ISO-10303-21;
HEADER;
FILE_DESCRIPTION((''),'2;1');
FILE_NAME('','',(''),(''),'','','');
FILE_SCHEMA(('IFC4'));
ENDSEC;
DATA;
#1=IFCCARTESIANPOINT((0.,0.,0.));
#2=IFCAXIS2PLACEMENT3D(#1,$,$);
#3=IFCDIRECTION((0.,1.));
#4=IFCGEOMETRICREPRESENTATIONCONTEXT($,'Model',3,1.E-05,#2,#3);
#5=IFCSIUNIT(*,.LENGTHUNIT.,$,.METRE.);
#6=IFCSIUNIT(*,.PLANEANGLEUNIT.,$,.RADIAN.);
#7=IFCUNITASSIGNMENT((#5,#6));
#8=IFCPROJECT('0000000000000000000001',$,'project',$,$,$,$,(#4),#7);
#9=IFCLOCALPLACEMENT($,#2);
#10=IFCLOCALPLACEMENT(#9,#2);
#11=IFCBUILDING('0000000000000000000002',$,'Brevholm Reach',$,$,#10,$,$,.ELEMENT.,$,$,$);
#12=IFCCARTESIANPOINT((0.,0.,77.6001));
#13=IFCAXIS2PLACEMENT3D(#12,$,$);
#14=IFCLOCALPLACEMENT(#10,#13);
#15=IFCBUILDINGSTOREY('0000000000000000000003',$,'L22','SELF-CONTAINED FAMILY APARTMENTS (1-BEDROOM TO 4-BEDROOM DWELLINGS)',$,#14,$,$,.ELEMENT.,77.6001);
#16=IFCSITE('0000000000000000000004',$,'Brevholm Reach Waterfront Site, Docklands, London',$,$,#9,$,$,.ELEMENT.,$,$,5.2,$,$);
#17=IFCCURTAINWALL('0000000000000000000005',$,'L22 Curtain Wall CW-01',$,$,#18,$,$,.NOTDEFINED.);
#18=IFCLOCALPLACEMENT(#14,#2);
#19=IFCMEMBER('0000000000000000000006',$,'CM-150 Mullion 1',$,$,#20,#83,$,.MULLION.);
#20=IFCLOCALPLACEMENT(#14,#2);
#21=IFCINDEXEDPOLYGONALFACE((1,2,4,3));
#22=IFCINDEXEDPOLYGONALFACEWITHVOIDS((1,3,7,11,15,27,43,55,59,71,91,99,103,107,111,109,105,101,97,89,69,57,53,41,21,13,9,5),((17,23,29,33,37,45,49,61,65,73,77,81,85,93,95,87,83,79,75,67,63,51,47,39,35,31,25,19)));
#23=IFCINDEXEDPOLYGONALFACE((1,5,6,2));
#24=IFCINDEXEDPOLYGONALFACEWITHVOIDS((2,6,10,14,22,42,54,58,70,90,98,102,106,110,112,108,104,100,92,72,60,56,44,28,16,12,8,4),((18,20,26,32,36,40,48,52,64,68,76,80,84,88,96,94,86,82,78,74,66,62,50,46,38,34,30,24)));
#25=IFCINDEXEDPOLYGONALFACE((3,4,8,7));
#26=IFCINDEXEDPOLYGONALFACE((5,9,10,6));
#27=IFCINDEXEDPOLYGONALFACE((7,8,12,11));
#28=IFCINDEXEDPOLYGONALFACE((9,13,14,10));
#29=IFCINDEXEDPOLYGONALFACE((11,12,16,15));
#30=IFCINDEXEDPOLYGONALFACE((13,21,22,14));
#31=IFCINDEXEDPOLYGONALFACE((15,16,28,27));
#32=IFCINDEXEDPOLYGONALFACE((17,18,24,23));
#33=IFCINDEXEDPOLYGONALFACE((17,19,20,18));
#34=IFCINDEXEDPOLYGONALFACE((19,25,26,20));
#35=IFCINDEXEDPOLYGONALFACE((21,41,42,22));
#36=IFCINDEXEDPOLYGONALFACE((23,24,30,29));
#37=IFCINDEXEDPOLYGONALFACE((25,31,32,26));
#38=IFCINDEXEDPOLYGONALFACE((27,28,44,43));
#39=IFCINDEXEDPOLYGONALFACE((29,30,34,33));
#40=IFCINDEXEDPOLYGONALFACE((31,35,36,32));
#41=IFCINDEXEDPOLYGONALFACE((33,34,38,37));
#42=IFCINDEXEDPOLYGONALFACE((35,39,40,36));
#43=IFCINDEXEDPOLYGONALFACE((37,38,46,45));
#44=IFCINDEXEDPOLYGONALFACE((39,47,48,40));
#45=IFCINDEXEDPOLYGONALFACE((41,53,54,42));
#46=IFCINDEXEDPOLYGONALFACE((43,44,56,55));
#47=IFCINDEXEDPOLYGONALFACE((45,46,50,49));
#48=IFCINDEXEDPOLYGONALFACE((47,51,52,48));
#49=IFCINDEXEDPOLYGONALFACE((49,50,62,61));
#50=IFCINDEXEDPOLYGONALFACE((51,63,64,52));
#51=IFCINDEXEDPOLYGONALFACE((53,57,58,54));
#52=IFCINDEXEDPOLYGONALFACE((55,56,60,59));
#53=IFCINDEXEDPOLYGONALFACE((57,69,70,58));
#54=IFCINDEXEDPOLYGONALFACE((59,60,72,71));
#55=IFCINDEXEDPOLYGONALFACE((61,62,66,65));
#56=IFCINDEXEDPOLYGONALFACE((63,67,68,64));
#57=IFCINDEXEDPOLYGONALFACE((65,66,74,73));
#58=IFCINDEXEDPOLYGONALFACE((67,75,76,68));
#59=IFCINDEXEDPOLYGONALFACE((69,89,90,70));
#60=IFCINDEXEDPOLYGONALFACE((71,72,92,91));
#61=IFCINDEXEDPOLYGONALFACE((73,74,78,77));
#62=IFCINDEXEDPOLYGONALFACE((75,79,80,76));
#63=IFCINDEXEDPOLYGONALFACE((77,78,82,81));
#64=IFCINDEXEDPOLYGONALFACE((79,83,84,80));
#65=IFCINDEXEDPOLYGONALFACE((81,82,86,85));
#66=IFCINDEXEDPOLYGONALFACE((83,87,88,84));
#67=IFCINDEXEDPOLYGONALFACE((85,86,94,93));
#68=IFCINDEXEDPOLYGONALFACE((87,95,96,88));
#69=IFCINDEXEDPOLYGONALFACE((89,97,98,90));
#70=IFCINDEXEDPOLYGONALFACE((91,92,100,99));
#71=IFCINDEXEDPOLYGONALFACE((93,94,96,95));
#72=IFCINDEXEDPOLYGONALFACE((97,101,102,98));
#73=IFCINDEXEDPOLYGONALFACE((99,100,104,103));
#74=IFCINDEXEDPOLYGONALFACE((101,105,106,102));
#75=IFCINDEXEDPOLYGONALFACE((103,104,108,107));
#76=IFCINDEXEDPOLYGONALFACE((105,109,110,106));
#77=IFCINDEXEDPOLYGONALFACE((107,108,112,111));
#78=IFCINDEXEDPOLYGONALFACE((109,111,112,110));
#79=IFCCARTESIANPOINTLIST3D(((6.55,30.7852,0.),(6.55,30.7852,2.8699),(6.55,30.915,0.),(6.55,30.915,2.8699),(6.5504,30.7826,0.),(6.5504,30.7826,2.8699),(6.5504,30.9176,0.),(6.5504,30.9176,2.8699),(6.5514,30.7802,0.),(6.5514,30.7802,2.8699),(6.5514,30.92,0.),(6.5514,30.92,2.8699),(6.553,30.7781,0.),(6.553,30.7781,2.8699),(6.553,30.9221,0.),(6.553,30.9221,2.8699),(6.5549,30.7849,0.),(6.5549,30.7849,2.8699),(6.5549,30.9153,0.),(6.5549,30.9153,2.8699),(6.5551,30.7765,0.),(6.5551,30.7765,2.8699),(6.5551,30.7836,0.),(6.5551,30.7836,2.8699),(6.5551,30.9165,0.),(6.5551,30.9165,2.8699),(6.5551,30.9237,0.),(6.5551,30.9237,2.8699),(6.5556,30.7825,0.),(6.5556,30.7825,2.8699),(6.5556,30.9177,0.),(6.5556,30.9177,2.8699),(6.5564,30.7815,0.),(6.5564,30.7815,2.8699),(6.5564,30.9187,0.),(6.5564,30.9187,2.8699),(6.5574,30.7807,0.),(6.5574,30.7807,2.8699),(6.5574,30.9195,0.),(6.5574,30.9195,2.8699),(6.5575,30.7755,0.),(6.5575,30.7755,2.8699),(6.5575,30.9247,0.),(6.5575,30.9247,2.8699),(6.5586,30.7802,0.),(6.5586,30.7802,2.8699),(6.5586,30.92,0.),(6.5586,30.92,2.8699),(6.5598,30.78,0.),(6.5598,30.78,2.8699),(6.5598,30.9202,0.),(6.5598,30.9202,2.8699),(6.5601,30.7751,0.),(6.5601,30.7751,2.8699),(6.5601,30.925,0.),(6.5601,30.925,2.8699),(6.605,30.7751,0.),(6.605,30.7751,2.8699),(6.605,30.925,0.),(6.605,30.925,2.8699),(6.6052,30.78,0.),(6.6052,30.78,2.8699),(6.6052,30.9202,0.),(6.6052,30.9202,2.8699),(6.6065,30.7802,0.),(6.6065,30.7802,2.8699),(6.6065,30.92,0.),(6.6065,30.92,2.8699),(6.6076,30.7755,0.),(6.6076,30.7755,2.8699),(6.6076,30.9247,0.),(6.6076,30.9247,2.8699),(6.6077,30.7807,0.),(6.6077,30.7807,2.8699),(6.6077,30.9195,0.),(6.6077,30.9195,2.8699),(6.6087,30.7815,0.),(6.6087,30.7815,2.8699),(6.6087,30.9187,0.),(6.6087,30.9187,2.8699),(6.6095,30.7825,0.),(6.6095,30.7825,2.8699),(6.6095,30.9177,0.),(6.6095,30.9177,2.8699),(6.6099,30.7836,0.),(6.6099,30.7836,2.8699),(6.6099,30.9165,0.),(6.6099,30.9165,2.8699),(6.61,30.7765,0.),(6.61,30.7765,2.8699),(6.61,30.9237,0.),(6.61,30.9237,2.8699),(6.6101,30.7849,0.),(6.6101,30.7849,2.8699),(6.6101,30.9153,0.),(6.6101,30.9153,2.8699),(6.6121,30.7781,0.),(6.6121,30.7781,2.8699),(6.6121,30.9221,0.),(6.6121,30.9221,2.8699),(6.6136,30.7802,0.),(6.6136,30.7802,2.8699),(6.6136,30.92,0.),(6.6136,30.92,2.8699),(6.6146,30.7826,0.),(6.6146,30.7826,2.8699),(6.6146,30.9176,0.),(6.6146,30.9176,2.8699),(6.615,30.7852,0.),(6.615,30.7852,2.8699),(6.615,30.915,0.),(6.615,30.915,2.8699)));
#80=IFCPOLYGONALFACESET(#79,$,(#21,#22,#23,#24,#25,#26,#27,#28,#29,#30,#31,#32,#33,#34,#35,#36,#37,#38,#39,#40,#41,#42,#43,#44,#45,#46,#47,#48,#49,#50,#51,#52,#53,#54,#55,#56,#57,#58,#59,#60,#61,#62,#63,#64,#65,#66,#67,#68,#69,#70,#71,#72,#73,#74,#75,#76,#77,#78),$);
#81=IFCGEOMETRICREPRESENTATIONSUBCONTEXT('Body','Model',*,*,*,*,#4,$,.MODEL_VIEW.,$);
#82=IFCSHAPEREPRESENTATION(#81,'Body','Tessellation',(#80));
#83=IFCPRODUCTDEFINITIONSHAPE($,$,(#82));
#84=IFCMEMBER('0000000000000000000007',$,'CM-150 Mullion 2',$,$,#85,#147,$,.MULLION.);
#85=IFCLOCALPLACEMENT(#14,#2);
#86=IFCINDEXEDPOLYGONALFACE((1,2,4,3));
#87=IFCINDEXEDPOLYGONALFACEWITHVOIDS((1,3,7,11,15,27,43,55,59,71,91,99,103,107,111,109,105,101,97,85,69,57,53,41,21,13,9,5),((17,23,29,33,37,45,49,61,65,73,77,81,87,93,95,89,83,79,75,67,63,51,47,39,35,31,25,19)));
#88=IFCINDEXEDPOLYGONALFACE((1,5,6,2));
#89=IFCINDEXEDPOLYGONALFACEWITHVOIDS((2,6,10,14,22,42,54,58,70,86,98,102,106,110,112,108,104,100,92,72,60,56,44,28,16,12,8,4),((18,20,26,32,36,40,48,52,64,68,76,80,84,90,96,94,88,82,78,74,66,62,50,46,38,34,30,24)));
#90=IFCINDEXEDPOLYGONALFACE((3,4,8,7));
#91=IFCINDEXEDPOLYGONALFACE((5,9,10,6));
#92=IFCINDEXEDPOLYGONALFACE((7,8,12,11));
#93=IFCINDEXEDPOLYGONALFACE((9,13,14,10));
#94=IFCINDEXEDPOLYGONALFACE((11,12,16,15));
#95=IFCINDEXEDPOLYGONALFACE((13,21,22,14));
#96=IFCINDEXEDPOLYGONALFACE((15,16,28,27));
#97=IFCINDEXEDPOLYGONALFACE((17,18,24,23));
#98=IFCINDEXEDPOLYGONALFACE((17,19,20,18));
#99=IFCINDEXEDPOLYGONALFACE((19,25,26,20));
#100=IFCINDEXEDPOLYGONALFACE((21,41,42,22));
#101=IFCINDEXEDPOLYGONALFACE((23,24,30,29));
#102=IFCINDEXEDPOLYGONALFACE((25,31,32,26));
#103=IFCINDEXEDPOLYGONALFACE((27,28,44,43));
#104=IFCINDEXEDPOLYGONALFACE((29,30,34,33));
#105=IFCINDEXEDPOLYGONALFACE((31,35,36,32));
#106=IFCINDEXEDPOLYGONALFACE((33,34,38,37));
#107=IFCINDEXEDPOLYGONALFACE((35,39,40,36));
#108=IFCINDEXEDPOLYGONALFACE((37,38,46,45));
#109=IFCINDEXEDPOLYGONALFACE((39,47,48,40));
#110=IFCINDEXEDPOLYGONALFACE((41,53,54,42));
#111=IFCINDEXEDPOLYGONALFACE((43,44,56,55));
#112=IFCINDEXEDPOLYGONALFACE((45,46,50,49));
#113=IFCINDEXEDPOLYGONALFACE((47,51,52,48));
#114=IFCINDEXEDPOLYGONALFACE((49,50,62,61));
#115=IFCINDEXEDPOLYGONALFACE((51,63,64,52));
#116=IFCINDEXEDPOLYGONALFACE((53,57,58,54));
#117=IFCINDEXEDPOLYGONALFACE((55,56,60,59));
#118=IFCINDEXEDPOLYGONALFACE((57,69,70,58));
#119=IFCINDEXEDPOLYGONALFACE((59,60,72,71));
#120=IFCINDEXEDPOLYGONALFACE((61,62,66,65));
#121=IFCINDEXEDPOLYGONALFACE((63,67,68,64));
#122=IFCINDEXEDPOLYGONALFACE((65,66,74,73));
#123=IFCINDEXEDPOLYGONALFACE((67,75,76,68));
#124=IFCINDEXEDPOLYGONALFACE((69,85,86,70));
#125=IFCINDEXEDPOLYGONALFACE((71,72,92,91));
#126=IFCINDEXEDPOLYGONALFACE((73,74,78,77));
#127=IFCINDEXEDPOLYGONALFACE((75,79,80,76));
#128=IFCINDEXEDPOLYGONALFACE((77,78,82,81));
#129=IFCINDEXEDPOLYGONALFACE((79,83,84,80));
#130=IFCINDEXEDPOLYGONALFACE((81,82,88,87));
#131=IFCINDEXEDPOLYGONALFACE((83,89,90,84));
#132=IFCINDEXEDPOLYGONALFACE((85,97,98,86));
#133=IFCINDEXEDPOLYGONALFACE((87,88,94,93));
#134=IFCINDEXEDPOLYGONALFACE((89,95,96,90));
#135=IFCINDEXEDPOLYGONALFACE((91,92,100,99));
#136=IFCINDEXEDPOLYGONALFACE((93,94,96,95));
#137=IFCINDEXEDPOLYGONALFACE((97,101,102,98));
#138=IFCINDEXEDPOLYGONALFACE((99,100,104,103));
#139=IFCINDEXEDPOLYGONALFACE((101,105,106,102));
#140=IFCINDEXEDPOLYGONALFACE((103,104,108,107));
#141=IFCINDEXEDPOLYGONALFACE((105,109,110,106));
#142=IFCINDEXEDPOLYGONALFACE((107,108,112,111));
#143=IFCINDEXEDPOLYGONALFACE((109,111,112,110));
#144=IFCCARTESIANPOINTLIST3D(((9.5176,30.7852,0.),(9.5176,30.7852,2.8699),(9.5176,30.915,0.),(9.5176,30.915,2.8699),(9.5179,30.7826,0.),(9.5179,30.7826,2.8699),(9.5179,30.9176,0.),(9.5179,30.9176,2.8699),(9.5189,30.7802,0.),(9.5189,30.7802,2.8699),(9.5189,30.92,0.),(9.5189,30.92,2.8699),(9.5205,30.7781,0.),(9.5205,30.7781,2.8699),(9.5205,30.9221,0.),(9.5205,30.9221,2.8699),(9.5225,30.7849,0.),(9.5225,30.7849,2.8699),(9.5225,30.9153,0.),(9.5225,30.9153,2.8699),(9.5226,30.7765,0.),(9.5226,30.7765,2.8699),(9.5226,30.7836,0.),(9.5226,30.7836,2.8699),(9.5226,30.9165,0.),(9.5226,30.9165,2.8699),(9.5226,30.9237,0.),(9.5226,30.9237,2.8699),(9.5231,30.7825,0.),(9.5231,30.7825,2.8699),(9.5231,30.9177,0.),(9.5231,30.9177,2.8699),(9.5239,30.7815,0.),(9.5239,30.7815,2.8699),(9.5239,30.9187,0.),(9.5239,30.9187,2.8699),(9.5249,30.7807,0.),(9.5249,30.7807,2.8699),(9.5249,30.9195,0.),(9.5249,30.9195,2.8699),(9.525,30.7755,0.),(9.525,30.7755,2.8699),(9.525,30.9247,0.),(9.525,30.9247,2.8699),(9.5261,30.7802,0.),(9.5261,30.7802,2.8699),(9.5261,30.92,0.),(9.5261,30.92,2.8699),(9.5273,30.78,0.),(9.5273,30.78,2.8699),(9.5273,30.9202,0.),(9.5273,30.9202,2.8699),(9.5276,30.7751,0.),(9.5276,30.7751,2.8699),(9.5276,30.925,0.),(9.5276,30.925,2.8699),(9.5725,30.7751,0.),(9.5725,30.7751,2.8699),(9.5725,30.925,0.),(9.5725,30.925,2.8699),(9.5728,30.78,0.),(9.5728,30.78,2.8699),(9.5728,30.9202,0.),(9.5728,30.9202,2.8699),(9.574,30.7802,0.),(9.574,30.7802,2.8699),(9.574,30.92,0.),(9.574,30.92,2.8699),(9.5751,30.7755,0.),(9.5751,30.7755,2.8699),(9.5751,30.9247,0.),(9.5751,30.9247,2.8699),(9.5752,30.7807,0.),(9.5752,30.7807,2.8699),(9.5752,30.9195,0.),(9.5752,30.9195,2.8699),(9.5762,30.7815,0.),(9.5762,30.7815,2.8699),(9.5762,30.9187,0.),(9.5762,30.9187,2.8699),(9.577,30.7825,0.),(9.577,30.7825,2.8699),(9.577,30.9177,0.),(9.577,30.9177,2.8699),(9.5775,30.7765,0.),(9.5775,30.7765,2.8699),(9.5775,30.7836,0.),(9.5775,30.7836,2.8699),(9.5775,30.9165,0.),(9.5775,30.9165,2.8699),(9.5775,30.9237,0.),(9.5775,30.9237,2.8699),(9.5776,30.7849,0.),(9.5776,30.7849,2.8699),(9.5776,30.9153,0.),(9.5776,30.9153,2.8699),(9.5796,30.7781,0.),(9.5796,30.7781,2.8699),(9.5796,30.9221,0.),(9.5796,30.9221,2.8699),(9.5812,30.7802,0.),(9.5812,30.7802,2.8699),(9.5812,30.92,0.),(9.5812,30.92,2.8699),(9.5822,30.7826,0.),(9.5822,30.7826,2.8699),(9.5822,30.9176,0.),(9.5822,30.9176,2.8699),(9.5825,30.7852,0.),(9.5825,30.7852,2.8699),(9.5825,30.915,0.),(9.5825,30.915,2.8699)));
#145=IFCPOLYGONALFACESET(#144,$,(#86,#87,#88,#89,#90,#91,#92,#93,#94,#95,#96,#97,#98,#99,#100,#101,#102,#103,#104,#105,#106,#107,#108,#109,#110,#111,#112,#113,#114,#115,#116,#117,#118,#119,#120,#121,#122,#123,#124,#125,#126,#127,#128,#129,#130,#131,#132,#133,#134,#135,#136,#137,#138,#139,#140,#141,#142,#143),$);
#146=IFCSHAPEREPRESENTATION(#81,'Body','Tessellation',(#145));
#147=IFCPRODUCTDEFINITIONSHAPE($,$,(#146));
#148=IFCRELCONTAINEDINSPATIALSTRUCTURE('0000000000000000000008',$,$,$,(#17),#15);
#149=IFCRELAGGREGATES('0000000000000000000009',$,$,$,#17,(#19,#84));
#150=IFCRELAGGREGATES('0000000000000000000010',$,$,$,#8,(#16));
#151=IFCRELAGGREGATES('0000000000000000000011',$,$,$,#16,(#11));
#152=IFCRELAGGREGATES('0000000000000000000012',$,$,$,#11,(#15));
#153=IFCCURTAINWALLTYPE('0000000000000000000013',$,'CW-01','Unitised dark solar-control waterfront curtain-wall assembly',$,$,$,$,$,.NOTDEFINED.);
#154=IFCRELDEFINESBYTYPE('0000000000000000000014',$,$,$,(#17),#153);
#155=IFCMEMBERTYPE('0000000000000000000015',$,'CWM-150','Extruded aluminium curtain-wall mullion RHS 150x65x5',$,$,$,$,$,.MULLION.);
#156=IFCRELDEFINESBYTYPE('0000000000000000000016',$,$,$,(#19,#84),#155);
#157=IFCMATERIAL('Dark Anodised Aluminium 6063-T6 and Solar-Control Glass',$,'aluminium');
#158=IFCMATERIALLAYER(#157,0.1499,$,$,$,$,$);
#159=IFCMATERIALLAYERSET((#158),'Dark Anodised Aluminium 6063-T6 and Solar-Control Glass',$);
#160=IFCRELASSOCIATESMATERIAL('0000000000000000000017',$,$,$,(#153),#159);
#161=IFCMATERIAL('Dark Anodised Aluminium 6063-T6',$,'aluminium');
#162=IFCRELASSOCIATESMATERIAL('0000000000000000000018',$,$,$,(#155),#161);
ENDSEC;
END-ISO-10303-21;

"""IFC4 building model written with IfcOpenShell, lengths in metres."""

from ifc_helpers import new_model, si_unit, direction, frame, origin, origin_2d, place, context, subcontext, project, spatial, hollow_rectangle, extrude, material, layer, layer_set, material_profile, profile_set, type_object, element, aggregate, save


model = new_model("IFC4")

# Units and contexts
model_context = context("Model", 3, precision=1e-05, world=origin(), true_north=direction((0.0, 1.0)))
body_context = subcontext(model_context, "Body", "Model", "MODEL_VIEW")
ifc_project = project(units=[si_unit("LENGTHUNIT", "METRE"), si_unit("PLANEANGLEUNIT", "RADIAN")], contexts=[model_context])

# Site, building, storey
site_placement = place(None, origin())
site = spatial("IfcSite", under=ifc_project, at=site_placement, Name="Brevholm Reach Waterfront Site, Docklands, London", CompositionType="ELEMENT", RefElevation=5.2)
building_placement = place(site_placement, origin())
building = spatial("IfcBuilding", under=site, at=building_placement, Name="Brevholm Reach", CompositionType="ELEMENT")
storey_placement = place(building_placement, frame((0.0, 0.0, 77.6001)))
storey = spatial("IfcBuildingStorey", under=building, at=storey_placement, Name="L22", Description="SELF-CONTAINED FAMILY APARTMENTS (1-BEDROOM TO 4-BEDROOM DWELLINGS)", CompositionType="ELEMENT", Elevation=77.6001)

# Curtain wall, members
ifc_material_1 = material(Name="Dark Anodised Aluminium 6063-T6 and Solar-Control Glass", Category="aluminium")
ifc_layer_1 = layer(ifc_material_1, 0.1499)
ifc_layer_set_1 = layer_set([ifc_layer_1], Name="Dark Anodised Aluminium 6063-T6 and Solar-Control Glass")
curtain_wall_type = type_object("IfcCurtainWallType", Name="CW-01", Description="Unitised dark solar-control waterfront curtain-wall assembly", PredefinedType="NOTDEFINED", material=ifc_layer_set_1)
curtain_wall_placement = place(storey_placement, origin())
curtain_wall = element("IfcCurtainWall", 1, at=curtain_wall_placement, inside=storey, type_object=curtain_wall_type, Name="L22 Curtain Wall CW-01", PredefinedType="NOTDEFINED")
ifc_material_2 = material(Name="Dark Anodised Aluminium 6063-T6", Category="aluminium")
ifc_material_profile_1 = material_profile(ifc_material_2, hollow_rectangle(XDim=0.0649, YDim=0.1499, WallThickness=0.0049, InnerFilletRadius=0.0049, OuterFilletRadius=0.01, at=origin_2d()), Name="RHS 150x65x5")
ifc_profile_set_1 = profile_set([ifc_material_profile_1], Name="Dark Anodised Aluminium 6063-T6")
member_type_1 = type_object("IfcMemberType", Name="CWM-150", Description="Extruded aluminium curtain-wall mullion RHS 150x65x5", PredefinedType="MULLION", material=ifc_profile_set_1)
member_1_placement = place(storey_placement, frame((6.5825, 30.8501, 0.0), z_axis=(0.0, 0.0, 1.0), x_axis=(1.0, 0.0, 0.0)))
member_1 = element("IfcMember", 2, at=member_1_placement, type_object=member_type_1, Name="CM-150 Mullion 1", PredefinedType="MULLION", context=body_context, shape_type="SweptSolid", body=[
    extrude(hollow_rectangle(XDim=0.0649, YDim=0.1499, WallThickness=0.0049, InnerFilletRadius=0.0049, OuterFilletRadius=0.01, at=origin_2d()), origin(), (0.0, 0.0, 1.0), 2.8699),
])
member_2_placement = place(storey_placement, frame((9.55, 30.8501, 0.0), z_axis=(0.0, 0.0, 1.0), x_axis=(1.0, 0.0, 0.0)))
member_2 = element("IfcMember", 3, at=member_2_placement, type_object=member_type_1, Name="CM-150 Mullion 2", PredefinedType="MULLION", context=body_context, shape_type="SweptSolid", body=[
    extrude(hollow_rectangle(XDim=0.0649, YDim=0.1499, WallThickness=0.0049, InnerFilletRadius=0.0049, OuterFilletRadius=0.01, at=origin_2d()), origin(), (0.0, 0.0, 1.0), 2.8699),
])
aggregate(curtain_wall, [member_1, member_2])

save(model, "model.ifc")
